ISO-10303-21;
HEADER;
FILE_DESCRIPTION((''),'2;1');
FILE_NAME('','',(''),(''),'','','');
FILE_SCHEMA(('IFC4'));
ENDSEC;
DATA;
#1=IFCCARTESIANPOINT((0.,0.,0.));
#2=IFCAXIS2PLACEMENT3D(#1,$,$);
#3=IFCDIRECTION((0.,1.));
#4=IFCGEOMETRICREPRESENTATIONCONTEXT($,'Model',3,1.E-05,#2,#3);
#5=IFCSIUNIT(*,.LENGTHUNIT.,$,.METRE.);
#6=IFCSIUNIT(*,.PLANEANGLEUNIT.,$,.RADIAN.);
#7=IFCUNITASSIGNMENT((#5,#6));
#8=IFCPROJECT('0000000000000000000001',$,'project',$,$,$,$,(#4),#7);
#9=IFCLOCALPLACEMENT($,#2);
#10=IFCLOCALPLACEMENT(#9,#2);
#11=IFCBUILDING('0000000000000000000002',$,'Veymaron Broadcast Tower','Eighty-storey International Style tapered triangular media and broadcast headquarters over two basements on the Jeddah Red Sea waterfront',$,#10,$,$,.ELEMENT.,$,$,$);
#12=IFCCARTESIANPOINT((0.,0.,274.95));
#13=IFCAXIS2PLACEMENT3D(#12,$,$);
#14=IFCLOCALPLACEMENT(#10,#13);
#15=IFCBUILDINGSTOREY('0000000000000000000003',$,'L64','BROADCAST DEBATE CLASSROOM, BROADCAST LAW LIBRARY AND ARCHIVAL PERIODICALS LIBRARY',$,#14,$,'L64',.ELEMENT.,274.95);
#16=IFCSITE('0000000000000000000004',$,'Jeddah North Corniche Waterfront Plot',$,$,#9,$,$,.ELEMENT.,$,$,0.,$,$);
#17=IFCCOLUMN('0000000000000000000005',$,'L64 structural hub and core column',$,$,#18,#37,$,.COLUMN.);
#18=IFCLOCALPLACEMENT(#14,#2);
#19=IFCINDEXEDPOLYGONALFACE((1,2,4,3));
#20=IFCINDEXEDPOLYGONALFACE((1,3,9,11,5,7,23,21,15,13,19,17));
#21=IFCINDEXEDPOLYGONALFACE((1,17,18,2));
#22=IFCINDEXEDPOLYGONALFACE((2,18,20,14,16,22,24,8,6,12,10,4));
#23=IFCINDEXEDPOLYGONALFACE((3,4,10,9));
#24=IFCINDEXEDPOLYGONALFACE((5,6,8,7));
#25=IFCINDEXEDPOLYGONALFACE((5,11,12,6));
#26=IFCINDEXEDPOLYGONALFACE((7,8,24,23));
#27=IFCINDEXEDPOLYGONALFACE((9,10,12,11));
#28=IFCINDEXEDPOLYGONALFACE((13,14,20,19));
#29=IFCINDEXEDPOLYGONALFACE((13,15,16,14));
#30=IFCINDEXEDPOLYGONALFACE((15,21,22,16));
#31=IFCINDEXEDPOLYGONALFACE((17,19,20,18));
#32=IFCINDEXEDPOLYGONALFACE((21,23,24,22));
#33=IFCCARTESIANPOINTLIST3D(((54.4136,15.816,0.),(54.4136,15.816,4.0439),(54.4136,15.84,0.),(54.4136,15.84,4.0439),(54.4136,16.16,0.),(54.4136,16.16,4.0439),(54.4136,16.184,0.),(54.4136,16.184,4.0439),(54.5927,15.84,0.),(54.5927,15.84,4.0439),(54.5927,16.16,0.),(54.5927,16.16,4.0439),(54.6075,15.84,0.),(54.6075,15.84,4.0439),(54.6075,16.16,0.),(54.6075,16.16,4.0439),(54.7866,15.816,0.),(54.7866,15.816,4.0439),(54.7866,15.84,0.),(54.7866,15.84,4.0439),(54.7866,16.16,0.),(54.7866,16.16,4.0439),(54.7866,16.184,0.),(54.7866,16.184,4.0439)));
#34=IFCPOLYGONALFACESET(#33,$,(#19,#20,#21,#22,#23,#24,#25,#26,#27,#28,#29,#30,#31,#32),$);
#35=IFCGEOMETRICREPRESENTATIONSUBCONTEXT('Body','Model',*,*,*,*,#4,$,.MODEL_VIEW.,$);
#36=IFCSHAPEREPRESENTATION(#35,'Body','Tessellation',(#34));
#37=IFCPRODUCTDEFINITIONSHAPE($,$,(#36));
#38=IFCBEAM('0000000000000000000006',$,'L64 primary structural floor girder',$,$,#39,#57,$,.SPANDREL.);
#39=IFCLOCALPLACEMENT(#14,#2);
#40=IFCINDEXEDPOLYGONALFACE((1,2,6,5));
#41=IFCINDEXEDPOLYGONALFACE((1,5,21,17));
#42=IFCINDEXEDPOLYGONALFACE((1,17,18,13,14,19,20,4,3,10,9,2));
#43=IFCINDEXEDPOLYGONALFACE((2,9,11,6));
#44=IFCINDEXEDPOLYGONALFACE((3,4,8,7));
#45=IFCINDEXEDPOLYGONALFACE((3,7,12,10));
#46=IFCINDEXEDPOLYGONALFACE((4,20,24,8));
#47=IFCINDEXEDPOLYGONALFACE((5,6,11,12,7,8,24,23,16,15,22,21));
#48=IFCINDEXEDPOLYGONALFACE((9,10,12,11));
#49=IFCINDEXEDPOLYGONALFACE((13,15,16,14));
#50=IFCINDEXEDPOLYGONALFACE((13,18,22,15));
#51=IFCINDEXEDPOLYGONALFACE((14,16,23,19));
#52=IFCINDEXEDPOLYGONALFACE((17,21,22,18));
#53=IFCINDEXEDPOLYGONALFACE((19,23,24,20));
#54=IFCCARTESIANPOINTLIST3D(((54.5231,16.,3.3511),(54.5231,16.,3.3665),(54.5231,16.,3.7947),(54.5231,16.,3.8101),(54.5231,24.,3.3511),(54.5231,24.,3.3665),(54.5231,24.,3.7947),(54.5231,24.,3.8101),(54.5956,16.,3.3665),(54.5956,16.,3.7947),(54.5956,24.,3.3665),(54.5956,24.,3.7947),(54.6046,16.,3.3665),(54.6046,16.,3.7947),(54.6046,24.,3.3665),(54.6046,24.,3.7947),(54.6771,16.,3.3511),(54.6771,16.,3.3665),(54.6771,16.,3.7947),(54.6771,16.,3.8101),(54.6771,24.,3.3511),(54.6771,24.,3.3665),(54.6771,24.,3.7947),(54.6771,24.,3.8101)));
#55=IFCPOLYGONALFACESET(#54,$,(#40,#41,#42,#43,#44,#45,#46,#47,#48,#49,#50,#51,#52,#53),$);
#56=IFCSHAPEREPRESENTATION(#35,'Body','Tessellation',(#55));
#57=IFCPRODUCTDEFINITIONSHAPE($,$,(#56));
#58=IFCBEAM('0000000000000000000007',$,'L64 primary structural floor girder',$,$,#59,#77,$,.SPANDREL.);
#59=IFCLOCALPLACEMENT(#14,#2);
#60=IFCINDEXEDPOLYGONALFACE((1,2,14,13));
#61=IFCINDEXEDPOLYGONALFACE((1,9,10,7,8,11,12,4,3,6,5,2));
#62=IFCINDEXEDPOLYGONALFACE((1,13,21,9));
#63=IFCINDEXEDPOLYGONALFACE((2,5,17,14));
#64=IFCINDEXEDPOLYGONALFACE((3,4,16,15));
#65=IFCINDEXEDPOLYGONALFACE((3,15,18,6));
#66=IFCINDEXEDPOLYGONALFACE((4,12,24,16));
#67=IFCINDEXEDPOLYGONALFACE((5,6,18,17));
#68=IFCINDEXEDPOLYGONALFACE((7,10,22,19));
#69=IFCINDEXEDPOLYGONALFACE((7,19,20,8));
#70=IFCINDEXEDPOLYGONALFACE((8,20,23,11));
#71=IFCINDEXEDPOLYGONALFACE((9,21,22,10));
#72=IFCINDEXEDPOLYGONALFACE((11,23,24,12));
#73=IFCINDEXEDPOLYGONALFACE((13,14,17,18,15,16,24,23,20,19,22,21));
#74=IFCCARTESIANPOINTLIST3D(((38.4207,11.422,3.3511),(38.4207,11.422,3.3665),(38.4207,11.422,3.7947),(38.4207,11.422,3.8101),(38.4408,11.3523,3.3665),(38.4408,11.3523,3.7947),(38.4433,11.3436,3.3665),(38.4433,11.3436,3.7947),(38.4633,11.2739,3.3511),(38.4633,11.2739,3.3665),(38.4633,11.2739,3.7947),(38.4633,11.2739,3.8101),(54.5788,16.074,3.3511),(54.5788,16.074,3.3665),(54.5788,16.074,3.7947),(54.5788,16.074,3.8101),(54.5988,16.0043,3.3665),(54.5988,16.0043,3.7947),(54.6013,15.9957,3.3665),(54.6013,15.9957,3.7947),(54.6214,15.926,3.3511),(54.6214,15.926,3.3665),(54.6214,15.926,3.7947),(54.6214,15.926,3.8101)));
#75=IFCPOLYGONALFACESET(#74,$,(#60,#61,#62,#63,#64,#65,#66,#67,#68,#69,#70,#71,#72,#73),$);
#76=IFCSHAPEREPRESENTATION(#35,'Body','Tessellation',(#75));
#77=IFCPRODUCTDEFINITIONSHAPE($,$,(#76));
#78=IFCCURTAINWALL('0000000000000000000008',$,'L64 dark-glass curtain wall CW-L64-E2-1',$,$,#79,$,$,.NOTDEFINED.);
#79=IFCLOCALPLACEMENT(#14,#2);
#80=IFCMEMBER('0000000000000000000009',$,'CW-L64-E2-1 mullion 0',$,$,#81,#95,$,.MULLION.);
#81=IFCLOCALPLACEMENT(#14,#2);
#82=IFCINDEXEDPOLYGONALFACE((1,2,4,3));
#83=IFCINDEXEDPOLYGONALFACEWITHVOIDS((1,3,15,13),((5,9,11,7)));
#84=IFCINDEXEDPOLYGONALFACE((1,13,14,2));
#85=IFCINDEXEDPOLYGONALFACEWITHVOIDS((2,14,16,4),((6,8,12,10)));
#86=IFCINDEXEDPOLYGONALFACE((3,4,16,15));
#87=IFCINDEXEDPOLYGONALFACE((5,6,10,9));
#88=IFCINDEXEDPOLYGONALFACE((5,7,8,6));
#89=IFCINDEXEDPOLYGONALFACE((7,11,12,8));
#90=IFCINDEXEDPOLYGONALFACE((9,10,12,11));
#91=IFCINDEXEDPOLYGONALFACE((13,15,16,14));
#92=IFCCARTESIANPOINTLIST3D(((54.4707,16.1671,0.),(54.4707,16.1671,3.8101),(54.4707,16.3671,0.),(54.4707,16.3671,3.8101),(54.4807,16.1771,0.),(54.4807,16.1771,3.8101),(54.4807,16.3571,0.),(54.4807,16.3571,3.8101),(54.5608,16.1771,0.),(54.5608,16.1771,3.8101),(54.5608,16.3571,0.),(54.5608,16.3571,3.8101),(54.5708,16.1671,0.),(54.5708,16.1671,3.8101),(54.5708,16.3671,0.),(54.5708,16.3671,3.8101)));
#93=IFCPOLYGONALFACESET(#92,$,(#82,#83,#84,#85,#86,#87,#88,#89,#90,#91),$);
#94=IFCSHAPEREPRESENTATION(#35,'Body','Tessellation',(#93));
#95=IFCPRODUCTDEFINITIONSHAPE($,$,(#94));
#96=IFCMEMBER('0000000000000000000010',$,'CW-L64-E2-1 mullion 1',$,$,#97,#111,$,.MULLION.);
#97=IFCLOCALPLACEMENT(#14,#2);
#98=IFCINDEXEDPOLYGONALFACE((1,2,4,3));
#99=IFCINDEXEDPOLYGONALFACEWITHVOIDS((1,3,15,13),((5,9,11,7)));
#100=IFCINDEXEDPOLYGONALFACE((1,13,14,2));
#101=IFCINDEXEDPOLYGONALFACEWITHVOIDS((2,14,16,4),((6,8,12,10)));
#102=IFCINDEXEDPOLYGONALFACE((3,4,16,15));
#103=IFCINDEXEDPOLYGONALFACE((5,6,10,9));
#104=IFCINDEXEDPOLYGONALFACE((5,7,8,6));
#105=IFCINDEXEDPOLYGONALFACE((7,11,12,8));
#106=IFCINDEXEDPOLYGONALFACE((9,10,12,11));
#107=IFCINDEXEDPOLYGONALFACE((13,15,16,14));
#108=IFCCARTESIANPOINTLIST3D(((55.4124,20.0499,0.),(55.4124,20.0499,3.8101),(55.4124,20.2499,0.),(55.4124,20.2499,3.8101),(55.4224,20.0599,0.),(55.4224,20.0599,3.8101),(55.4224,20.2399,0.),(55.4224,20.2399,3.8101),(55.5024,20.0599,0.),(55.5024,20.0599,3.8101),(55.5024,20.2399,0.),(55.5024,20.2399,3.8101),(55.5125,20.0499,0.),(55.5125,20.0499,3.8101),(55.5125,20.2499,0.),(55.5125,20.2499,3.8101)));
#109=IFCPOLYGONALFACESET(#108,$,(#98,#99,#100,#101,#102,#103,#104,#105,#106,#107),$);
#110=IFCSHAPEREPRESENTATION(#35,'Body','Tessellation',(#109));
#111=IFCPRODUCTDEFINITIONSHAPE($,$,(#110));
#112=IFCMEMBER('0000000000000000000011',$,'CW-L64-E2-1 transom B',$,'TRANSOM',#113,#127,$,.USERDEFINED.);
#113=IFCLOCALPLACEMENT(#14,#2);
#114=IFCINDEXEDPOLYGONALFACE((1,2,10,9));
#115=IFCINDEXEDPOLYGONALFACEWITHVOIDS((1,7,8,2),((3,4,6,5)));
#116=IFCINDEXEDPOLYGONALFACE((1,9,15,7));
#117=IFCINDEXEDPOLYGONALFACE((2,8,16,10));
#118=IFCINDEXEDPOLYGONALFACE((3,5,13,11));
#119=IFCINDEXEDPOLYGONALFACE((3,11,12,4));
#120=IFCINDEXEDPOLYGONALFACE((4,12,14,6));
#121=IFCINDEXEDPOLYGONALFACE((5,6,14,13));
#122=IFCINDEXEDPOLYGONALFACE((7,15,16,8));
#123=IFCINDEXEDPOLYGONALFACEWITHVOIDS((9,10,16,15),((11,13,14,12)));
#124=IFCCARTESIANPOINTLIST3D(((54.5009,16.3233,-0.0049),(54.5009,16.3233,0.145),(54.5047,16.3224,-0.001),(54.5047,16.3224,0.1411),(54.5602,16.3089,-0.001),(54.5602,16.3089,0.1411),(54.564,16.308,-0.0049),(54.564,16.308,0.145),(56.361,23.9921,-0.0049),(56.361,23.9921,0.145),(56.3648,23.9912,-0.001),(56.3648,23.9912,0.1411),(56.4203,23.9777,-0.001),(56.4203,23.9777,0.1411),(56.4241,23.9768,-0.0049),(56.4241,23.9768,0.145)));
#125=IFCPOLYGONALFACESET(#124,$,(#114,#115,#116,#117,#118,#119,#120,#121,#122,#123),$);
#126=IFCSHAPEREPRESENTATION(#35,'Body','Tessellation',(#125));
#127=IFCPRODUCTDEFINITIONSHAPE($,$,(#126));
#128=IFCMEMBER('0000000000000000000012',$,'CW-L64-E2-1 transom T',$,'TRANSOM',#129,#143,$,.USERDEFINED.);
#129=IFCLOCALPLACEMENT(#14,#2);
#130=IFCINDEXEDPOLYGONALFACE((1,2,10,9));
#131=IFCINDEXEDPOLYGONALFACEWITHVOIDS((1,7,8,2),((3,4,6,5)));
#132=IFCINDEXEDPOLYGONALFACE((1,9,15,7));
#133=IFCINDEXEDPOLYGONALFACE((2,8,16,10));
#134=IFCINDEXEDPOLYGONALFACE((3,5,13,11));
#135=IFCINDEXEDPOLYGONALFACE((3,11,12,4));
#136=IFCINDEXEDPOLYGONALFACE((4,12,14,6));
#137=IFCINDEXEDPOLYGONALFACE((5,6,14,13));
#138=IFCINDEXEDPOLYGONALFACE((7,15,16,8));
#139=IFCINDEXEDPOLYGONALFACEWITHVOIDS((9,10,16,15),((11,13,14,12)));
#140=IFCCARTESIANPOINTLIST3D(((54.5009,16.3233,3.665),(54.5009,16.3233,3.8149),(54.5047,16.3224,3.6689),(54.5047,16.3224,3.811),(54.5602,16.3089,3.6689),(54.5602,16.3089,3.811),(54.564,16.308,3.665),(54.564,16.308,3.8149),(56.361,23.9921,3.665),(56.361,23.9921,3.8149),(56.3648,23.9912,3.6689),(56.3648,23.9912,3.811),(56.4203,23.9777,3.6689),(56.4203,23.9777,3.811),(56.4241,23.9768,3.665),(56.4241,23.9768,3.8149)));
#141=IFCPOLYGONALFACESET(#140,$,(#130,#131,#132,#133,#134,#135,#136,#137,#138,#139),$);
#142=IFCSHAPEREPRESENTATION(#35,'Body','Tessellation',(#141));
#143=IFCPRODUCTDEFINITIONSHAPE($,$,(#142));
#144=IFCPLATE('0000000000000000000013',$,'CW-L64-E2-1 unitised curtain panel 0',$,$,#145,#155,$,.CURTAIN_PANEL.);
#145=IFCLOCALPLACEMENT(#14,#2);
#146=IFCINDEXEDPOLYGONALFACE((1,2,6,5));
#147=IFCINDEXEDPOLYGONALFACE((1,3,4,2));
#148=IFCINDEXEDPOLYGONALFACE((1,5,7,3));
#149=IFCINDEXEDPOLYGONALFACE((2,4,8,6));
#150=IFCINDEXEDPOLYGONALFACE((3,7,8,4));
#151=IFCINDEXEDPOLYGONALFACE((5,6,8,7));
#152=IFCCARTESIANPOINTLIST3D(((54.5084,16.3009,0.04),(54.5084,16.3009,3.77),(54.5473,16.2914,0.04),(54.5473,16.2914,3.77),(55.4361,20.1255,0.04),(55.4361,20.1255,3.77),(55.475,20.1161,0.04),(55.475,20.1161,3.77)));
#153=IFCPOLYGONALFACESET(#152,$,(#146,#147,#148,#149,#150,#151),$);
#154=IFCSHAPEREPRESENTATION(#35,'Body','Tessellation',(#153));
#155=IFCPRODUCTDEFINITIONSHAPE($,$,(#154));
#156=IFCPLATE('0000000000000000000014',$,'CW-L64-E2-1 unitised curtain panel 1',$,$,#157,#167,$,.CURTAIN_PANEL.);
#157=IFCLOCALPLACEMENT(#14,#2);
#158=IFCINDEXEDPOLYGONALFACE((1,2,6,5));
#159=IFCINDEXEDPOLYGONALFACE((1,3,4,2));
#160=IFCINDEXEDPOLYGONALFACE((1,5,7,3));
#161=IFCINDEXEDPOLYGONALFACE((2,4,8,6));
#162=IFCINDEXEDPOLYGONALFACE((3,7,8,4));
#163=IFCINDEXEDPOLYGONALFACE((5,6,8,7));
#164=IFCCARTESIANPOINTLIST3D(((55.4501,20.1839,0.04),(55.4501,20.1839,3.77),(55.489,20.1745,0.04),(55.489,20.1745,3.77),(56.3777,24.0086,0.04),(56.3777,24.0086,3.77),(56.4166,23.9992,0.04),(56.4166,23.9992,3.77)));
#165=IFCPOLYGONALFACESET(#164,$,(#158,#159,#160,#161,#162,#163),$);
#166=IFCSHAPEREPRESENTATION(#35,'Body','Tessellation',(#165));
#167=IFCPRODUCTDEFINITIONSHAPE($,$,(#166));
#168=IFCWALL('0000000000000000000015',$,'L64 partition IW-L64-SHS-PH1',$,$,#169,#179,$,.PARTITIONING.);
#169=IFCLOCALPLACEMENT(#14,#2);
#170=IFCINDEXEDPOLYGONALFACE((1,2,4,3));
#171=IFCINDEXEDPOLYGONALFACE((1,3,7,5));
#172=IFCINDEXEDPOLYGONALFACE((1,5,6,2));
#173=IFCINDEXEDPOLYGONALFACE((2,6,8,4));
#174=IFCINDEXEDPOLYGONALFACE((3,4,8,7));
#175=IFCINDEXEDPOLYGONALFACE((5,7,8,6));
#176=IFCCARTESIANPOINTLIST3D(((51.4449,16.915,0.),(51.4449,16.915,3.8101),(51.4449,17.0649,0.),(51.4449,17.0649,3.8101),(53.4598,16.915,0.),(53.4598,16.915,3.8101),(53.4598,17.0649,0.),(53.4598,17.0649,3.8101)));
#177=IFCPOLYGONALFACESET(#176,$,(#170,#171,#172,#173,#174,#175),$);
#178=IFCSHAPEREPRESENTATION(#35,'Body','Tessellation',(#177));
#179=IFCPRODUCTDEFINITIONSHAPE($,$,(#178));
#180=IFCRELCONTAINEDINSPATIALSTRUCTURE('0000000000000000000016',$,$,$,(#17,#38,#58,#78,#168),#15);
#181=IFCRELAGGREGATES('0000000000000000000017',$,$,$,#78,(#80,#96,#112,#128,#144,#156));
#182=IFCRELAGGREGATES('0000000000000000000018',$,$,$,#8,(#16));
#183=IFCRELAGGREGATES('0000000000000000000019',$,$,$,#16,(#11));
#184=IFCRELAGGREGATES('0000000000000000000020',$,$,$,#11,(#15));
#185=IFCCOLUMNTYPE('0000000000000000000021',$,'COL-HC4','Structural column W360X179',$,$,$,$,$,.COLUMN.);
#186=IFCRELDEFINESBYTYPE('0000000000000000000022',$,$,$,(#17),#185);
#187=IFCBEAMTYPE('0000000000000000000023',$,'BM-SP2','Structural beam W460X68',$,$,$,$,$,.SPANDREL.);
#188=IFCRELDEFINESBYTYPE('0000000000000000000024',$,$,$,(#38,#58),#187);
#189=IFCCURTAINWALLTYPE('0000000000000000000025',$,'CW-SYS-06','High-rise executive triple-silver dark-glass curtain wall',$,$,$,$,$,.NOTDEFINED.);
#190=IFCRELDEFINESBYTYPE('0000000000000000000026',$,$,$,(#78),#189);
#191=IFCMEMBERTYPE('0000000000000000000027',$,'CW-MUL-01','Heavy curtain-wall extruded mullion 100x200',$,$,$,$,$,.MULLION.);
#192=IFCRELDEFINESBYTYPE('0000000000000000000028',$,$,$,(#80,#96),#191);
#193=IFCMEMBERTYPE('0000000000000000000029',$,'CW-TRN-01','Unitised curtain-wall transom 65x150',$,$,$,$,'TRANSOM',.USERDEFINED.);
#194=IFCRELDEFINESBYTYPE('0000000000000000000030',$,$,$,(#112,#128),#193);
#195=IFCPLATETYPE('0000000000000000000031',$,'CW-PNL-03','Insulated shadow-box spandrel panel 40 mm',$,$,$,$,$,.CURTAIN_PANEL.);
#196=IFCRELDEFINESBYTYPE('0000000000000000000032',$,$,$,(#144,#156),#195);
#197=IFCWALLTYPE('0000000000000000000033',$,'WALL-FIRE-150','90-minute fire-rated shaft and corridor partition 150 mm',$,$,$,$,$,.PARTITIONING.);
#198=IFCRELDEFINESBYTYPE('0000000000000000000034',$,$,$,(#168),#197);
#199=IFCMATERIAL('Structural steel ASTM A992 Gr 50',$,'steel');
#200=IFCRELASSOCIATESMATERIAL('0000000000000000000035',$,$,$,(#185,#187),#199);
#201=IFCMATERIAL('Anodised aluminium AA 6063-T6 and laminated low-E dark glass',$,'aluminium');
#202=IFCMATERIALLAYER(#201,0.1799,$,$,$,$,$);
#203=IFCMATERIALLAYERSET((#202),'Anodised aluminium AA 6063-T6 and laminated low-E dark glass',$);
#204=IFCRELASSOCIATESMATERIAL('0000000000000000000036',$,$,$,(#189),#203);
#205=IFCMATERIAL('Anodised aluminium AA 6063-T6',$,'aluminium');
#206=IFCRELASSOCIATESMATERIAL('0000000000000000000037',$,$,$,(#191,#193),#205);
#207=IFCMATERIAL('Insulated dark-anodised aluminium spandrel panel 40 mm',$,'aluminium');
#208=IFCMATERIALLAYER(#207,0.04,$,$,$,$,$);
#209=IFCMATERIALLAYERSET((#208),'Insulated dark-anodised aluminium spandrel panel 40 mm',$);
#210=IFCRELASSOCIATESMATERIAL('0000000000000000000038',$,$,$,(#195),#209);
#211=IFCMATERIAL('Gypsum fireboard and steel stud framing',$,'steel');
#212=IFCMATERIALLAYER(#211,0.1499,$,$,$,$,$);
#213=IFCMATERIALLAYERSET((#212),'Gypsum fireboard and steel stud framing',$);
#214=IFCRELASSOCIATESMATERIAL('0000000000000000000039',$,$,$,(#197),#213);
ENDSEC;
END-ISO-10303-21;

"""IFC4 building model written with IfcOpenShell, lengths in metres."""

from ifc_helpers import new_model, si_unit, direction, frame, frame_2d, origin, origin_2d, place, context, subcontext, project, spatial, rectangle, hollow_rectangle, i_section, extrude, material, layer, layer_set, material_profile, profile_set, type_object, element, aggregate, save


model = new_model("IFC4")

# Units and contexts
model_context = context("Model", 3, precision=1e-05, world=origin(), true_north=direction((0.0, 1.0)))
body_context = subcontext(model_context, "Body", "Model", "MODEL_VIEW")
ifc_project = project(units=[si_unit("LENGTHUNIT", "METRE"), si_unit("PLANEANGLEUNIT", "RADIAN")], contexts=[model_context])

# Site, building, storey
site_placement = place(None, origin())
site = spatial("IfcSite", under=ifc_project, at=site_placement, Name="Jeddah North Corniche Waterfront Plot", CompositionType="ELEMENT", RefElevation=0.0)
building_placement = place(site_placement, origin())
building = spatial("IfcBuilding", under=site, at=building_placement, Name="Veymaron Broadcast Tower", Description="Eighty-storey International Style tapered triangular media and broadcast headquarters over two basements on the Jeddah Red Sea waterfront", CompositionType="ELEMENT")
storey_placement = place(building_placement, frame((0.0, 0.0, 274.95)))
storey = spatial("IfcBuildingStorey", under=building, at=storey_placement, Name="L64", Description="BROADCAST DEBATE CLASSROOM, BROADCAST LAW LIBRARY AND ARCHIVAL PERIODICALS LIBRARY", LongName="L64", CompositionType="ELEMENT", Elevation=274.95)

# Column
ifc_material_1 = material(Name="Structural steel ASTM A992 Gr 50", Category="steel")
ifc_material_profile_1 = material_profile(ifc_material_1, i_section(OverallWidth=0.373, OverallDepth=0.3679, WebThickness=0.0149, FlangeThickness=0.0239, at=origin_2d()), Name="W360X179")
ifc_profile_set_1 = profile_set([ifc_material_profile_1], Name="Structural steel ASTM A992 Gr 50")
column_type = type_object("IfcColumnType", Name="COL-HC4", Description="Structural column W360X179", PredefinedType="COLUMN", material=ifc_profile_set_1)
column_placement = place(storey_placement, frame((54.6001, 16.0, 0.0), z_axis=(0.0, 0.0, 1.0), x_axis=(1.0, 0.0, 0.0)))
element("IfcColumn", 1, at=column_placement, inside=storey, type_object=column_type, Name="L64 structural hub and core column", PredefinedType="COLUMN", context=body_context, shape_type="SweptSolid", body=[
    extrude(i_section(OverallWidth=0.373, OverallDepth=0.3679, WebThickness=0.0149, FlangeThickness=0.0239, at=origin_2d()), origin(), (0.0, 0.0, 1.0), 4.0439),
])

# Beams
ifc_material_profile_2 = material_profile(ifc_material_1, i_section(OverallWidth=0.1541, OverallDepth=0.459, WebThickness=0.009, FlangeThickness=0.0154, at=origin_2d()), Name="W460X68")
ifc_profile_set_2 = profile_set([ifc_material_profile_2], Name="Structural steel ASTM A992 Gr 50")
beam_type = type_object("IfcBeamType", Name="BM-SP2", Description="Structural beam W460X68", PredefinedType="SPANDREL", material=ifc_profile_set_2)
beam_1_placement = place(storey_placement, frame((54.6001, 16.0, 3.5806), z_axis=(0.0, 1.0, 0.0), x_axis=(-1.0, 0.0, 0.0)))
element("IfcBeam", 2, at=beam_1_placement, inside=storey, type_object=beam_type, Name="L64 primary structural floor girder", PredefinedType="SPANDREL", context=body_context, shape_type="SweptSolid", body=[
    extrude(i_section(OverallWidth=0.1541, OverallDepth=0.459, WebThickness=0.009, FlangeThickness=0.0154, at=origin_2d()), origin(), (0.0, 0.0, 1.0), 8.0),
])
beam_2_placement = place(storey_placement, frame((54.6001, 16.0, 3.5806), z_axis=(-0.960965, -0.276671, 0.0), x_axis=(0.276671, -0.960965, 0.0)))
element("IfcBeam", 3, at=beam_2_placement, inside=storey, type_object=beam_type, Name="L64 primary structural floor girder", PredefinedType="SPANDREL", context=body_context, shape_type="SweptSolid", body=[
    extrude(i_section(OverallWidth=0.1541, OverallDepth=0.459, WebThickness=0.009, FlangeThickness=0.0154, at=origin_2d()), origin(), (0.0, 0.0, 1.0), 16.8145),
])

# Curtain wall, members, plates
ifc_material_2 = material(Name="Anodised aluminium AA 6063-T6 and laminated low-E dark glass", Category="aluminium")
ifc_layer_1 = layer(ifc_material_2, 0.1799)
ifc_layer_set_1 = layer_set([ifc_layer_1], Name="Anodised aluminium AA 6063-T6 and laminated low-E dark glass")
curtain_wall_type = type_object("IfcCurtainWallType", Name="CW-SYS-06", Description="High-rise executive triple-silver dark-glass curtain wall", PredefinedType="NOTDEFINED", material=ifc_layer_set_1)
curtain_wall_placement = place(storey_placement, origin())
curtain_wall = element("IfcCurtainWall", 4, at=curtain_wall_placement, inside=storey, type_object=curtain_wall_type, Name="L64 dark-glass curtain wall CW-L64-E2-1", PredefinedType="NOTDEFINED")
ifc_material_3 = material(Name="Anodised aluminium AA 6063-T6", Category="aluminium")
ifc_material_profile_3 = material_profile(ifc_material_3, hollow_rectangle(XDim=0.1001, YDim=0.2, WallThickness=0.01, at=origin_2d()), Name="RHS200X100X10")
ifc_profile_set_3 = profile_set([ifc_material_profile_3], Name="Anodised aluminium AA 6063-T6")
member_type_1 = type_object("IfcMemberType", Name="CW-MUL-01", Description="Heavy curtain-wall extruded mullion 100x200", PredefinedType="MULLION", material=ifc_profile_set_3)
member_1_placement = place(storey_placement, frame((54.5208, 16.2671, 0.0), z_axis=(0.0, 0.0, 1.0), x_axis=(1.0, 0.0, 0.0)))
member_1 = element("IfcMember", 5, at=member_1_placement, type_object=member_type_1, Name="CW-L64-E2-1 mullion 0", PredefinedType="MULLION", context=body_context, shape_type="SweptSolid", body=[
    extrude(hollow_rectangle(XDim=0.1001, YDim=0.2, WallThickness=0.01, at=origin_2d()), origin(), (0.0, 0.0, 1.0), 3.8101),
])
member_2_placement = place(storey_placement, frame((55.4624, 20.1499, 0.0), z_axis=(0.0, 0.0, 1.0), x_axis=(1.0, 0.0, 0.0)))
member_2 = element("IfcMember", 6, at=member_2_placement, type_object=member_type_1, Name="CW-L64-E2-1 mullion 1", PredefinedType="MULLION", context=body_context, shape_type="SweptSolid", body=[
    extrude(hollow_rectangle(XDim=0.1001, YDim=0.2, WallThickness=0.01, at=origin_2d()), origin(), (0.0, 0.0, 1.0), 3.8101),
])
ifc_material_profile_4 = material_profile(ifc_material_3, hollow_rectangle(XDim=0.0649, YDim=0.1499, WallThickness=0.0039, at=origin_2d()), Name="AL150X65X4")
ifc_profile_set_4 = profile_set([ifc_material_profile_4], Name="Anodised aluminium AA 6063-T6")
member_type_2 = type_object("IfcMemberType", Name="CW-TRN-01", Description="Unitised curtain-wall transom 65x150", ElementType="TRANSOM", PredefinedType="USERDEFINED", material=ifc_profile_set_4)
member_3_placement = place(storey_placement, frame((54.5325, 16.3157, 0.0701), z_axis=(0.235723, 0.97182, 0.0), x_axis=(-0.97182, 0.235723, 0.0)))
member_3 = element("IfcMember", 7, at=member_3_placement, type_object=member_type_2, Name="CW-L64-E2-1 transom B", ObjectType="TRANSOM", PredefinedType="USERDEFINED", context=body_context, shape_type="SweptSolid", body=[
    extrude(hollow_rectangle(XDim=0.0649, YDim=0.1499, WallThickness=0.0039, at=origin_2d()), origin(), (0.0, 0.0, 1.0), 7.8911),
])
member_4_placement = place(storey_placement, frame((54.5325, 16.3157, 3.74), z_axis=(0.235723, 0.97182, 0.0), x_axis=(-0.97182, 0.235723, 0.0)))
member_4 = element("IfcMember", 8, at=member_4_placement, type_object=member_type_2, Name="CW-L64-E2-1 transom T", ObjectType="TRANSOM", PredefinedType="USERDEFINED", context=body_context, shape_type="SweptSolid", body=[
    extrude(hollow_rectangle(XDim=0.0649, YDim=0.1499, WallThickness=0.0039, at=origin_2d()), origin(), (0.0, 0.0, 1.0), 7.8911),
])
ifc_material_4 = material(Name="Insulated dark-anodised aluminium spandrel panel 40 mm", Category="aluminium")
ifc_layer_2 = layer(ifc_material_4, 0.04)
ifc_layer_set_2 = layer_set([ifc_layer_2], Name="Insulated dark-anodised aluminium spandrel panel 40 mm")
plate_type = type_object("IfcPlateType", Name="CW-PNL-03", Description="Insulated shadow-box spandrel panel 40 mm", PredefinedType="CURTAIN_PANEL", material=ifc_layer_set_2)
plate_1_placement = place(storey_placement, frame((54.9917, 18.2085, 0.04), z_axis=(0.0, 0.0, 1.0), x_axis=(0.235702, 0.971825, 0.0)))
plate_1 = element("IfcPlate", 9, at=plate_1_placement, type_object=plate_type, Name="CW-L64-E2-1 unitised curtain panel 0", PredefinedType="CURTAIN_PANEL", context=body_context, shape_type="SweptSolid", body=[
    extrude(rectangle(XDim=3.9355, YDim=0.04, at=origin_2d()), origin(), (0.0, 0.0, 1.0), 3.73),
])
plate_2_placement = place(storey_placement, frame((55.9333, 22.0916, 0.04), z_axis=(0.0, 0.0, 1.0), x_axis=(0.235702, 0.971825, 0.0)))
plate_2 = element("IfcPlate", 10, at=plate_2_placement, type_object=plate_type, Name="CW-L64-E2-1 unitised curtain panel 1", PredefinedType="CURTAIN_PANEL", context=body_context, shape_type="SweptSolid", body=[
    extrude(rectangle(XDim=3.9355, YDim=0.04, at=origin_2d()), origin(), (0.0, 0.0, 1.0), 3.73),
])
aggregate(curtain_wall, [member_1, member_2, member_3, member_4, plate_1, plate_2])

# Shared definitions
ifc_material_5 = material(Name="Gypsum fireboard and steel stud framing", Category="steel")
ifc_layer_3 = layer(ifc_material_5, 0.1499)
ifc_layer_set_3 = layer_set([ifc_layer_3], Name="Gypsum fireboard and steel stud framing")
wall_type_1 = type_object("IfcWallType", Name="WALL-FIRE-150", Description="90-minute fire-rated shaft and corridor partition 150 mm", PredefinedType="PARTITIONING", material=ifc_layer_set_3)

# Wall
for number, where, z_axis, x_axis, name in (
    (11, (51.4451, 16.99, 0.0), (0.0, 0.0, 1.0), (1.0, 0.0, 0.0), "L64 partition IW-L64-SHS-PH1"),
):
    element("IfcWall", number, at=place(storey_placement, frame(where, z_axis=z_axis, x_axis=x_axis)), inside=storey, type_object=wall_type_1, Name=name, PredefinedType="PARTITIONING", context=body_context, shape_type="SweptSolid", body=[
        extrude(rectangle(XDim=2.0149, YDim=0.1499, at=frame_2d((1.0073, 0.0))), origin(), (0.0, 0.0, 1.0), 3.8101),
    ])

save(model, "model.ifc")
